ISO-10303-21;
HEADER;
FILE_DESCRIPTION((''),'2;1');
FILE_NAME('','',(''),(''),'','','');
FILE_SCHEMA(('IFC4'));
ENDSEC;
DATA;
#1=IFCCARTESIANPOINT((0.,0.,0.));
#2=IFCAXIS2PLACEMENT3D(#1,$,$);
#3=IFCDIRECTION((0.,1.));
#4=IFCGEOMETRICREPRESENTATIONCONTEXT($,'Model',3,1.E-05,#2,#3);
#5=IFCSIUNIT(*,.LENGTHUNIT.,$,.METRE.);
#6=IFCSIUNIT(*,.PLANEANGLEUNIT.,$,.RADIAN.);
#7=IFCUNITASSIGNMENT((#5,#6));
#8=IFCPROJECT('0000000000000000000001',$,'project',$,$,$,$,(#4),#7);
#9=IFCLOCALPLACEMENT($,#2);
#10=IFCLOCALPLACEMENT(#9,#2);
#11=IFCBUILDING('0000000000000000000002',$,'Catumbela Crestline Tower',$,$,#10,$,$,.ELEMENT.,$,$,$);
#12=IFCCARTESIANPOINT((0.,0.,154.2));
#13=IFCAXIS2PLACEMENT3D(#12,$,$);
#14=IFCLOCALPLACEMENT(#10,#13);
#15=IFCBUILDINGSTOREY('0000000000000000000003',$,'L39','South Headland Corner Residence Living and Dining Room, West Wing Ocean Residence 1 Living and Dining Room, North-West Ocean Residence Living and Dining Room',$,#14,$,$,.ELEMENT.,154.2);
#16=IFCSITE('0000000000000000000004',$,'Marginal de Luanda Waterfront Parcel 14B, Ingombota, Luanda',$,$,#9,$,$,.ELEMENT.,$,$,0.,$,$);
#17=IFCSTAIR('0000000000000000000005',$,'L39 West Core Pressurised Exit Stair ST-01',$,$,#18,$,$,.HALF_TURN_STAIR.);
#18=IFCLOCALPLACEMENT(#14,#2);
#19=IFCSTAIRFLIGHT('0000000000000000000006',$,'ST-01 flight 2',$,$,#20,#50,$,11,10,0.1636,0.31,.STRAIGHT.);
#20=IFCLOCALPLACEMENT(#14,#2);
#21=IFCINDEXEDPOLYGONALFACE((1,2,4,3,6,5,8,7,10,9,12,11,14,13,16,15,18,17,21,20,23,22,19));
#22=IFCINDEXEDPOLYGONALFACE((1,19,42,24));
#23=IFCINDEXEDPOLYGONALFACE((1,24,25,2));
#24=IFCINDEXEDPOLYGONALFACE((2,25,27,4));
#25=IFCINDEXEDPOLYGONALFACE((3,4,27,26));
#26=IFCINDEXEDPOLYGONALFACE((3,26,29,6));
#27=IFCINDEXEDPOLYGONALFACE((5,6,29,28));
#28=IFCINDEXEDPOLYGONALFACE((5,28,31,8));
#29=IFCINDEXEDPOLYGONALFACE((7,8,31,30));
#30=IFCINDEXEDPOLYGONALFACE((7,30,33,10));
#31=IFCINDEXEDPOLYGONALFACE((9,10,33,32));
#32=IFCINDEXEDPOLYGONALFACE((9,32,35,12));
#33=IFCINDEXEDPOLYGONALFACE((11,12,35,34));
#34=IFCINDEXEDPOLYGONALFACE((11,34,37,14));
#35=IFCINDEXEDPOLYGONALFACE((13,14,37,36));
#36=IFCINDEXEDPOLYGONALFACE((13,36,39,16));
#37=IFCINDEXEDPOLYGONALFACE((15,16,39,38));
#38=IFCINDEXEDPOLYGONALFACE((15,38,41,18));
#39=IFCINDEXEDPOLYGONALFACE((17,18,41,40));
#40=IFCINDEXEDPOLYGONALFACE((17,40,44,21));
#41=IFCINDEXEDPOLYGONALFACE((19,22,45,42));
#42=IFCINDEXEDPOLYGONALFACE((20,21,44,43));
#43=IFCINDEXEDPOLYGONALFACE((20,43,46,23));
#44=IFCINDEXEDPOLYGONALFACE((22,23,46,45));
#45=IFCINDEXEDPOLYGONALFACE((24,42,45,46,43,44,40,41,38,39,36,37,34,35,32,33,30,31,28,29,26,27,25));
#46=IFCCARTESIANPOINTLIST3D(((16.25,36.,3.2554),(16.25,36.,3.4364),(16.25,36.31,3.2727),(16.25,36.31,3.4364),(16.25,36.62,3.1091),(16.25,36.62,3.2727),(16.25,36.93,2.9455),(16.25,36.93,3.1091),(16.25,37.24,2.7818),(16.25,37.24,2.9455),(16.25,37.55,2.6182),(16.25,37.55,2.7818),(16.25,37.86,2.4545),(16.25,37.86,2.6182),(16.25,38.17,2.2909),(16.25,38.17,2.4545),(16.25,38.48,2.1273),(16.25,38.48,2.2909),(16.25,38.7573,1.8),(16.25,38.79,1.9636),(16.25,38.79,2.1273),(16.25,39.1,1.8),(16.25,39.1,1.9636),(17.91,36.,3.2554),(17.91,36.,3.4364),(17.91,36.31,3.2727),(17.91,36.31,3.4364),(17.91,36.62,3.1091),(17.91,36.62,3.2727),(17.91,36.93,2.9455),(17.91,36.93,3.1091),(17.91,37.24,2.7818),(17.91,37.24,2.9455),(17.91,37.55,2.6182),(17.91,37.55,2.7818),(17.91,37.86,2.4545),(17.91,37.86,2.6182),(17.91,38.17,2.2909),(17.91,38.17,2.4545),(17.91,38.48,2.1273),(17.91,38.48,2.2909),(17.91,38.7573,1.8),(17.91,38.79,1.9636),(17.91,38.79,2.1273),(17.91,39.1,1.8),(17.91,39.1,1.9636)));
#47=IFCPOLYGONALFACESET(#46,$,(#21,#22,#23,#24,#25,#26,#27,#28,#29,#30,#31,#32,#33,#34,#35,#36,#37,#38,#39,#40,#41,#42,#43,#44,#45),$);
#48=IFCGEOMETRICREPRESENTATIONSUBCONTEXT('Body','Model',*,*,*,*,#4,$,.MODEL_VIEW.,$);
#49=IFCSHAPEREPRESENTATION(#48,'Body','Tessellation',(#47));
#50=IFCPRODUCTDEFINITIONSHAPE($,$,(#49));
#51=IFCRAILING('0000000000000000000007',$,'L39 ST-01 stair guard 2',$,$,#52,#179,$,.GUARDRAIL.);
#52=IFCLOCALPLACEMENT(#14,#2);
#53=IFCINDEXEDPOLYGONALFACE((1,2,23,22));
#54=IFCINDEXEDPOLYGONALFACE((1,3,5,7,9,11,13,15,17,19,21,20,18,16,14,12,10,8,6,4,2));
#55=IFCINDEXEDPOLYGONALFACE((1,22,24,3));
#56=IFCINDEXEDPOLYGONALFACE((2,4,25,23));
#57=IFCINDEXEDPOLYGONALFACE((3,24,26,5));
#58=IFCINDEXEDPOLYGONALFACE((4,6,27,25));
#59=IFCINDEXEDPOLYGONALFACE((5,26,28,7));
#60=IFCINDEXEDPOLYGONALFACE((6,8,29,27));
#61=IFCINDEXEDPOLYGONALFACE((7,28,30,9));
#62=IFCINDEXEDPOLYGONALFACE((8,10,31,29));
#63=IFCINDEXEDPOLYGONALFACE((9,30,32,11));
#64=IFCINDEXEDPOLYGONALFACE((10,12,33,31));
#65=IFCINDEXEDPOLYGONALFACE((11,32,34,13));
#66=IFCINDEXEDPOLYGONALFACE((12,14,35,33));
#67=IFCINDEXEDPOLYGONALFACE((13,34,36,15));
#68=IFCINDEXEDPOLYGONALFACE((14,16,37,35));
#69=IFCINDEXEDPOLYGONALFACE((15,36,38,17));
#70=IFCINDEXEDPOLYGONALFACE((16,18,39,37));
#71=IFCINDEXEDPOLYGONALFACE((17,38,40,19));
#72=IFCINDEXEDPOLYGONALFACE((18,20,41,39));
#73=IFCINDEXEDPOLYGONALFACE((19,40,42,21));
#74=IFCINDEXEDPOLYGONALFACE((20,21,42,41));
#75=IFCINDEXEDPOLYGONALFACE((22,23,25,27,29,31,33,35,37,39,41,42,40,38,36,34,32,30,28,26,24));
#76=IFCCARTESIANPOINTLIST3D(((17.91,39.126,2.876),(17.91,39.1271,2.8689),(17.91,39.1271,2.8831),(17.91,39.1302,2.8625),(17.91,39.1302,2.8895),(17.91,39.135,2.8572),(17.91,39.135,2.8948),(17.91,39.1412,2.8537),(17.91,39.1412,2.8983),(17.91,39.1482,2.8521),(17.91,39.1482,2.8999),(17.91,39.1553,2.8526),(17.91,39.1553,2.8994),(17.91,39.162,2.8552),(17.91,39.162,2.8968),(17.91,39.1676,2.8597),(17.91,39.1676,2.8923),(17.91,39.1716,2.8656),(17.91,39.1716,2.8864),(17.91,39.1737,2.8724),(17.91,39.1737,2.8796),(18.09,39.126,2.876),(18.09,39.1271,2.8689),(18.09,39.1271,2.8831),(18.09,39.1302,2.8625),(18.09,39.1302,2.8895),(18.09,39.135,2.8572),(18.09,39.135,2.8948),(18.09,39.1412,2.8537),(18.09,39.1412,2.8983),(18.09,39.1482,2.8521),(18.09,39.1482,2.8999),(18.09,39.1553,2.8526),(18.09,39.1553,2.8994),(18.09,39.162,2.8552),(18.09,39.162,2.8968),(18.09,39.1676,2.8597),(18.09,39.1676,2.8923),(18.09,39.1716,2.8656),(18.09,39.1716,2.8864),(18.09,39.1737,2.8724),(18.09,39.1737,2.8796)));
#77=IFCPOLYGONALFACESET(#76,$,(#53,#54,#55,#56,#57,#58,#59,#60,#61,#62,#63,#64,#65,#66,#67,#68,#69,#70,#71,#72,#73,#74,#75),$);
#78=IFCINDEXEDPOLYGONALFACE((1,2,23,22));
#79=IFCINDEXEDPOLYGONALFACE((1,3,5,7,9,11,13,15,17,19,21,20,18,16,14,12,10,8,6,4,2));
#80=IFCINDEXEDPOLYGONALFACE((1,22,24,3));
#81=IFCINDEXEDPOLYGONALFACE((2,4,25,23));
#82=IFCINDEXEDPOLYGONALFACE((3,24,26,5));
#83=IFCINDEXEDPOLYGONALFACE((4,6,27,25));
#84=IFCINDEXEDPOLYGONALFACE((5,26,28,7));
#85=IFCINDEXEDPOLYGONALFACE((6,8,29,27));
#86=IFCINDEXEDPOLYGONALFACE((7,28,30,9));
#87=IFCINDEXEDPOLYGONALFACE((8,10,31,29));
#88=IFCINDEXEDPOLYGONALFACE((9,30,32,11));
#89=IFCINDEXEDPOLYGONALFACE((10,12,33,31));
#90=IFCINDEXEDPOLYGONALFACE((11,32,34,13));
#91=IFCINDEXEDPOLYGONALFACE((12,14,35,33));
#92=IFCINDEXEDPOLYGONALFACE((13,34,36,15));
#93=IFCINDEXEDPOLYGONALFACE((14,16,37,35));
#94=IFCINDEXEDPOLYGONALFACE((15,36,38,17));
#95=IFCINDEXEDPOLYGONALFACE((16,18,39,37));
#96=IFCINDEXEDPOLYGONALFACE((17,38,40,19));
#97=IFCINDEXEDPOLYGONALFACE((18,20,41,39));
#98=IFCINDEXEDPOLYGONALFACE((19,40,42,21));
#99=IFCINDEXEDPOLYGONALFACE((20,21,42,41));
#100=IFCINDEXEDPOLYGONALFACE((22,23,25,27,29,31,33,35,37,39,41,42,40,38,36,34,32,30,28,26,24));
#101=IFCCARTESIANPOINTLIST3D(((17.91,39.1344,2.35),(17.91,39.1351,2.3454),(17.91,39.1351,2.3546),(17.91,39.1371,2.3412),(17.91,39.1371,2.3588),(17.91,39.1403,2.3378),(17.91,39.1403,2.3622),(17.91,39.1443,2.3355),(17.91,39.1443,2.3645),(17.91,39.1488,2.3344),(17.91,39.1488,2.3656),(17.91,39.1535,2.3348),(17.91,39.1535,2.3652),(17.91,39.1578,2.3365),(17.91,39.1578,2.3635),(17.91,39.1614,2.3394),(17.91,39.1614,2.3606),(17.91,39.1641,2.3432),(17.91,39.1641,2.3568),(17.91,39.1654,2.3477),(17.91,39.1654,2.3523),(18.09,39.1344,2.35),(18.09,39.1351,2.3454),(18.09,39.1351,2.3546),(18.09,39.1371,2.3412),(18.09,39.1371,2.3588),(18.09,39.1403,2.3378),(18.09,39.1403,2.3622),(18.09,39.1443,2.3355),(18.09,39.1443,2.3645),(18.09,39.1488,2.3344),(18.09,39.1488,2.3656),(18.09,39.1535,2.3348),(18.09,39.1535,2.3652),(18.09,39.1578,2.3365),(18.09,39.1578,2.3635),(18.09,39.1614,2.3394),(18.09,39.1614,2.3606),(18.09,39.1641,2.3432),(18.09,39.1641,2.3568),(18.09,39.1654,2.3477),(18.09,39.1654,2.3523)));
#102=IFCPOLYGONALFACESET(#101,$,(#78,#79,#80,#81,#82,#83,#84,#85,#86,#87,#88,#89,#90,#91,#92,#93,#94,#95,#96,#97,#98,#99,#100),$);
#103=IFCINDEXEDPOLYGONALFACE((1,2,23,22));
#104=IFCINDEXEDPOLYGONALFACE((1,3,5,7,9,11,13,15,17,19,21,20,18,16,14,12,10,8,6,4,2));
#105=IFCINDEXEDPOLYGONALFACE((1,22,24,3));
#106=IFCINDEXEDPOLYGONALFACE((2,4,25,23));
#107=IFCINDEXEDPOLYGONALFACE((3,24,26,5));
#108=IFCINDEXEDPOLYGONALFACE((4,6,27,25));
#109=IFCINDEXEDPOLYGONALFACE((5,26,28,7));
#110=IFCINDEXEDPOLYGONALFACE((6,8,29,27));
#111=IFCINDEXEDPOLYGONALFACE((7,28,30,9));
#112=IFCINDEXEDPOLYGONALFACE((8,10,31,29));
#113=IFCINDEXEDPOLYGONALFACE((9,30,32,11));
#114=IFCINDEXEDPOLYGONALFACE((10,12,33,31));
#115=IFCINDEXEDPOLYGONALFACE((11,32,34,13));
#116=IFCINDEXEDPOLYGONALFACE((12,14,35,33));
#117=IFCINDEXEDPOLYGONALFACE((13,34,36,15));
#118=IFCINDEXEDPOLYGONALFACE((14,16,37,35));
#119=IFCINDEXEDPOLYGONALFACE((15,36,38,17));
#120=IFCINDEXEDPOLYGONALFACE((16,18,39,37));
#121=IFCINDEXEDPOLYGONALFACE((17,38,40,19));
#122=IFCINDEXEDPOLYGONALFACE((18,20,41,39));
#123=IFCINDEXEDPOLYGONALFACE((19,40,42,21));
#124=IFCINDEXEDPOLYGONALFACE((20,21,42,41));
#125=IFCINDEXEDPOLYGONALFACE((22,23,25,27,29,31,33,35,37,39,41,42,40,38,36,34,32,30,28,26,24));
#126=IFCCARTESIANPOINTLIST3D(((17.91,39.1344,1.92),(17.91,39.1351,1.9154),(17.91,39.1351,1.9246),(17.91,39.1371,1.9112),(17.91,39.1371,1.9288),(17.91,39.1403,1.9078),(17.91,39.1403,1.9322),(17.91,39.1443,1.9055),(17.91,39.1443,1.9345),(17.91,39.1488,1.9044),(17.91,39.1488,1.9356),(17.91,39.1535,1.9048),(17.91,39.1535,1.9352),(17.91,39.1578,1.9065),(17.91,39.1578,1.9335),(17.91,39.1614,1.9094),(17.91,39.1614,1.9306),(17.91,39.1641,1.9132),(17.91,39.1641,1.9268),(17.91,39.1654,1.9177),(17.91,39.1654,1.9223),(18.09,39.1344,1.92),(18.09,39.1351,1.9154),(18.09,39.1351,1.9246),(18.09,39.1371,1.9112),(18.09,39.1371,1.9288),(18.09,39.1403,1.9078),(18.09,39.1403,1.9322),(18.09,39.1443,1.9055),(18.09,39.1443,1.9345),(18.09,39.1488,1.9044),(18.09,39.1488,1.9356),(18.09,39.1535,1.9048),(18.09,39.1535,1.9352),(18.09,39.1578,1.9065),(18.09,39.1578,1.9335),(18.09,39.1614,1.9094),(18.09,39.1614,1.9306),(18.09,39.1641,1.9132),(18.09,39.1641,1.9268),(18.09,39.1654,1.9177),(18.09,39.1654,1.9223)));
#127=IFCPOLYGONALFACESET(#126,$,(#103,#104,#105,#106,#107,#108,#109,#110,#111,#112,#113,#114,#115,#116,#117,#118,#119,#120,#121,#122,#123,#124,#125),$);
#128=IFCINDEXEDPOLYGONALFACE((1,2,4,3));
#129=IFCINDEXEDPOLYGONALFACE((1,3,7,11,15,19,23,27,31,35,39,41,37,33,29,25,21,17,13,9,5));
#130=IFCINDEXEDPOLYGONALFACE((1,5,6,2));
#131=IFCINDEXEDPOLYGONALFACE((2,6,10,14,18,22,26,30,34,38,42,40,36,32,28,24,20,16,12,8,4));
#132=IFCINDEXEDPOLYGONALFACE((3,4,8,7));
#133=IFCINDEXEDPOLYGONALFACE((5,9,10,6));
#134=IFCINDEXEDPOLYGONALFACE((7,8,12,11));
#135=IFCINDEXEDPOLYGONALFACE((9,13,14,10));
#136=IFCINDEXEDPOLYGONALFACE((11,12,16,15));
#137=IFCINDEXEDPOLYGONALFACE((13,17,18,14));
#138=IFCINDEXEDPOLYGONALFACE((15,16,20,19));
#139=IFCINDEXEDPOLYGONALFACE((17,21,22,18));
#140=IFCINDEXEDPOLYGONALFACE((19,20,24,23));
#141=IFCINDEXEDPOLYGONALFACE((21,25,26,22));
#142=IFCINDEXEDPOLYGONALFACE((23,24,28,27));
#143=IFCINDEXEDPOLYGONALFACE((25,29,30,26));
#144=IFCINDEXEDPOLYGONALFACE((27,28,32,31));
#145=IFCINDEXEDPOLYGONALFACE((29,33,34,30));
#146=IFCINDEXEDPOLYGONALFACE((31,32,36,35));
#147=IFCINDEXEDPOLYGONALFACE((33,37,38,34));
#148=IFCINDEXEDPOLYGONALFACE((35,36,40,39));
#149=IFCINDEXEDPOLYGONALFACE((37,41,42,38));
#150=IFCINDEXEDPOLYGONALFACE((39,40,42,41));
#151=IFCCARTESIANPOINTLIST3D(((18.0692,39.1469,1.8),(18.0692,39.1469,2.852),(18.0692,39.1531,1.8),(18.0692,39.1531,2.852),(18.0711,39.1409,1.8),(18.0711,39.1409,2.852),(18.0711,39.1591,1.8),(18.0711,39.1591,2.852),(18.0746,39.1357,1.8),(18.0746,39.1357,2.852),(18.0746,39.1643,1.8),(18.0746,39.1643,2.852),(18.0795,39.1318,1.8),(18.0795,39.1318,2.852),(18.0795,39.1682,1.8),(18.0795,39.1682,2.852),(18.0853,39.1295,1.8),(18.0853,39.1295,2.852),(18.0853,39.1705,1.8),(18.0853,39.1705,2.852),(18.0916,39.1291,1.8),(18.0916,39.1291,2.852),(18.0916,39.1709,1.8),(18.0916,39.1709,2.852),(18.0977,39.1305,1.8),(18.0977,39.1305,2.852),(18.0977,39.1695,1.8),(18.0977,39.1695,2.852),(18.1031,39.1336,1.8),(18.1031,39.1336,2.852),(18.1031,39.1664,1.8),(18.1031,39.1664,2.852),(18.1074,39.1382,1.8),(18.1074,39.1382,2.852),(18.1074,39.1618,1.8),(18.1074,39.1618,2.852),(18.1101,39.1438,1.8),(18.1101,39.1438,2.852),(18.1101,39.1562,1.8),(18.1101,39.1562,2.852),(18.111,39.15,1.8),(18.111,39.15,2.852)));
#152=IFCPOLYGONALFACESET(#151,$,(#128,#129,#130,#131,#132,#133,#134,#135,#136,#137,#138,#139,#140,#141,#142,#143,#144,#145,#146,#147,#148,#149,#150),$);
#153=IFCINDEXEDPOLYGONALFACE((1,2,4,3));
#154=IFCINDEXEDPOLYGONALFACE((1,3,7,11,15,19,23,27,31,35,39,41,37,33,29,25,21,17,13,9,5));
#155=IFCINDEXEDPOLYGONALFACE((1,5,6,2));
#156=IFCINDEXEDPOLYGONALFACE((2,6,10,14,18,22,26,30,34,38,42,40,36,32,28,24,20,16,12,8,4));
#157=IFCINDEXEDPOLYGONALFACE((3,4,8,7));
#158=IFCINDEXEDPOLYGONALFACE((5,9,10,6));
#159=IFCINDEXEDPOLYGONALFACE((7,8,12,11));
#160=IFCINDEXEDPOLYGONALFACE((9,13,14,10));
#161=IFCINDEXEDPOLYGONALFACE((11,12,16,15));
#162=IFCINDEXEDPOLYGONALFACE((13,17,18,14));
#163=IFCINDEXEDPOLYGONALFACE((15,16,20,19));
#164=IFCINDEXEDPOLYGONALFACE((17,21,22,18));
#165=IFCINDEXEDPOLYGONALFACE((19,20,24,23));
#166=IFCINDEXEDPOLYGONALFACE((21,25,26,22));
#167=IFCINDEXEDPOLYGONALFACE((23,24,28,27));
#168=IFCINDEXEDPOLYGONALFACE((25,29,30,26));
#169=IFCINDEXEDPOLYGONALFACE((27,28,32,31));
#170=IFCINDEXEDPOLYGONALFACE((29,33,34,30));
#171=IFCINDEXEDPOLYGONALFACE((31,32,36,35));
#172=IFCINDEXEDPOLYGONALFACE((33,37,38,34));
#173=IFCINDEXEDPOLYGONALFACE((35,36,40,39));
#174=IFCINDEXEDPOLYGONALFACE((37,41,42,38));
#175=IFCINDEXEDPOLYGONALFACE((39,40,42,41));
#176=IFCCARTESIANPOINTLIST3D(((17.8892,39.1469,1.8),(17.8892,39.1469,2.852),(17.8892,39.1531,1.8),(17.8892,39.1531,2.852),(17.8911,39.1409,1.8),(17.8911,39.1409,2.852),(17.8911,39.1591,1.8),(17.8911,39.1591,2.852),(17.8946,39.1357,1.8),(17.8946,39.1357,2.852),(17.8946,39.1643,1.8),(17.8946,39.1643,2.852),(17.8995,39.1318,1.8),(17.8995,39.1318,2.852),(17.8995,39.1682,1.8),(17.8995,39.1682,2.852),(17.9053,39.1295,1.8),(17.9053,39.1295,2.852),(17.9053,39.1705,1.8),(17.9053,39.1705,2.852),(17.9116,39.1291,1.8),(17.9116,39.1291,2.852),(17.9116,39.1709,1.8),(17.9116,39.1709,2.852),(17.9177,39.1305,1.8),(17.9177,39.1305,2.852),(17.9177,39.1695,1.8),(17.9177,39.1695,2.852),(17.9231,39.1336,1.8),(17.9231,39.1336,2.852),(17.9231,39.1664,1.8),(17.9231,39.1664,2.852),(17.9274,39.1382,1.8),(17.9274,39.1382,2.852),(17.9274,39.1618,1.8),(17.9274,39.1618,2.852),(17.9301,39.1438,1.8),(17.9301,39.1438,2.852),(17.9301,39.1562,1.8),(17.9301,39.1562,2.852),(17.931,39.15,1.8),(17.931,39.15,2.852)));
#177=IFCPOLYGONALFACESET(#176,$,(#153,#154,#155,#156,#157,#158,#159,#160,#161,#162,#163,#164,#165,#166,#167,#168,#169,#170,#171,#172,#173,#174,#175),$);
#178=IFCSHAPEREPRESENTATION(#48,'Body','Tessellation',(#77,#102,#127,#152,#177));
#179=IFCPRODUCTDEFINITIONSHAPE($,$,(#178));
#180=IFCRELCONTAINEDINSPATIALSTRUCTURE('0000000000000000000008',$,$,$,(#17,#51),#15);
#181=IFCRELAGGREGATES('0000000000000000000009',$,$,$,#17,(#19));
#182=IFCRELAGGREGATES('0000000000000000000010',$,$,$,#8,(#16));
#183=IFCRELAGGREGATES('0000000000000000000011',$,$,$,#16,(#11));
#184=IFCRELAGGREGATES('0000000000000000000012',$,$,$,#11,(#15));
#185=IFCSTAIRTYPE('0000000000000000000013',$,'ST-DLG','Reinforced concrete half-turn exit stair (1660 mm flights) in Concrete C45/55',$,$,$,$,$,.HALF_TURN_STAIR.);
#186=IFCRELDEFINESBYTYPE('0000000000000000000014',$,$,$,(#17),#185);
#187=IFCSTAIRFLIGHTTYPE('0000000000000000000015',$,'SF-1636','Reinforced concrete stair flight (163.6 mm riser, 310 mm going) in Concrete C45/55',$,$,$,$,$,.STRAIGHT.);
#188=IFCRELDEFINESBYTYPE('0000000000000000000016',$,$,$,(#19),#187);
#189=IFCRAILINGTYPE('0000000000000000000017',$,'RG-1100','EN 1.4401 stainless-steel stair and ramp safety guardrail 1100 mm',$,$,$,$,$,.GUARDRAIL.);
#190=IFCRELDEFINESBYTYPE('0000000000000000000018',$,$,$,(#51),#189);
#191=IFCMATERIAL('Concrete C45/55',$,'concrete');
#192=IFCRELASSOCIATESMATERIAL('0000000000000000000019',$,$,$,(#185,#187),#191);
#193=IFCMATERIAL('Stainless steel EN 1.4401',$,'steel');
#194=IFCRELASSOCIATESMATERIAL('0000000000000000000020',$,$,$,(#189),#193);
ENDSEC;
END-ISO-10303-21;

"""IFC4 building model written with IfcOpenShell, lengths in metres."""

from ifc_helpers import new_model, si_unit, direction, frame, origin, origin_2d, place, context, subcontext, project, spatial, polyline, circle, outline, extrude, material, type_object, element, aggregate, save


model = new_model("IFC4")

# Units and contexts
model_context = context("Model", 3, precision=1e-05, world=origin(), true_north=direction((0.0, 1.0)))
body_context = subcontext(model_context, "Body", "Model", "MODEL_VIEW")
ifc_project = project(units=[si_unit("LENGTHUNIT", "METRE"), si_unit("PLANEANGLEUNIT", "RADIAN")], contexts=[model_context])

# Site, building, storey
site_placement = place(None, origin())
site = spatial("IfcSite", under=ifc_project, at=site_placement, Name="Marginal de Luanda Waterfront Parcel 14B, Ingombota, Luanda", CompositionType="ELEMENT", RefElevation=0.0)
building_placement = place(site_placement, origin())
building = spatial("IfcBuilding", under=site, at=building_placement, Name="Catumbela Crestline Tower", CompositionType="ELEMENT")
storey_placement = place(building_placement, frame((0.0, 0.0, 154.2)))
storey = spatial("IfcBuildingStorey", under=building, at=storey_placement, Name="L39", Description="South Headland Corner Residence Living and Dining Room, West Wing Ocean Residence 1 Living and Dining Room, North-West Ocean Residence Living and Dining Room", CompositionType="ELEMENT", Elevation=154.2)

# Stair, stair flight
ifc_material_1 = material(Name="Concrete C45/55", Category="concrete")
stair_type = type_object("IfcStairType", Name="ST-DLG", Description="Reinforced concrete half-turn exit stair (1660 mm flights) in Concrete C45/55", PredefinedType="HALF_TURN_STAIR", material=ifc_material_1)
stair_placement = place(storey_placement, origin())
stair = element("IfcStair", 1, at=stair_placement, inside=storey, type_object=stair_type, Name="L39 West Core Pressurised Exit Stair ST-01", PredefinedType="HALF_TURN_STAIR")
stair_flight_type = type_object("IfcStairFlightType", Name="SF-1636", Description="Reinforced concrete stair flight (163.6 mm riser, 310 mm going) in Concrete C45/55", PredefinedType="STRAIGHT", material=ifc_material_1)
stair_flight_placement = place(storey_placement, frame((17.08, 39.1, 1.8), z_axis=(0.0, 0.0, 1.0), x_axis=(0.0, -1.0, 0.0)))
stair_flight = element("IfcStairFlight", 2, at=stair_flight_placement, type_object=stair_flight_type, Name="ST-01 flight 2", NumberOfRisers=11, NumberOfTreads=10, PredefinedType="STRAIGHT", RiserHeight=0.1636, TreadLength=0.31, context=body_context, shape_type="SweptSolid", body=[
    extrude(outline(polyline([(0.0, 0.0), (0.0, 0.1636), (0.31, 0.1636), (0.31, 0.3273), (0.62, 0.3273), (0.62, 0.4909), (0.93, 0.4909), (0.93, 0.6545), (1.24, 0.6545), (1.24, 0.8182), (1.55, 0.8182), (1.55, 0.9818), (1.86, 0.9818), (1.86, 1.1455), (2.17, 1.1455), (2.17, 1.3091), (2.48, 1.3091), (2.48, 1.4727), (2.79, 1.4727), (2.79, 1.6364), (3.1, 1.6364), (3.1, 1.8), (3.1, 1.4554), (0.3427, 0.0), (0.0, 0.0)])), frame((0.0, 0.83, 0.0), z_axis=(0.0, -1.0, 0.0), x_axis=(1.0, 0.0, 0.0)), (0.0, 0.0, 1.0), 1.66),
])
aggregate(stair, [stair_flight])

# Railing
ifc_material_2 = material(Name="Stainless steel EN 1.4401", Category="steel")
railing_type_1 = type_object("IfcRailingType", Name="RG-1100", Description="EN 1.4401 stainless-steel stair and ramp safety guardrail 1100 mm", PredefinedType="GUARDRAIL", material=ifc_material_2)
railing_1_placement = place(storey_placement, frame((18.09, 39.15, 1.8)))
element("IfcRailing", 3, at=railing_1_placement, inside=storey, type_object=railing_type_1, Name="L39 ST-01 stair guard 2", PredefinedType="GUARDRAIL", context=body_context, shape_type="SweptSolid", body=[
    extrude(circle(Radius=0.024, at=origin_2d()), frame((0.0, 0.0, 1.076), z_axis=(-1.0, 0.0, 0.0), x_axis=(0.0, -1.0, 0.0)), (0.0, 0.0, 1.0), 0.18),
    extrude(circle(Radius=0.0156, at=origin_2d()), frame((0.0, 0.0, 0.55), z_axis=(-1.0, 0.0, 0.0), x_axis=(0.0, -1.0, 0.0)), (0.0, 0.0, 1.0), 0.18),
    extrude(circle(Radius=0.0156, at=origin_2d()), frame((0.0, 0.0, 0.12), z_axis=(-1.0, 0.0, 0.0), x_axis=(0.0, -1.0, 0.0)), (0.0, 0.0, 1.0), 0.18),
    extrude(circle(Radius=0.021, at=origin_2d()), origin(), (0.0, 0.0, 1.0), 1.052),
    extrude(circle(Radius=0.021, at=origin_2d()), frame((-0.18, 0.0, 0.0)), (0.0, 0.0, 1.0), 1.052),
])

save(model, "model.ifc")
